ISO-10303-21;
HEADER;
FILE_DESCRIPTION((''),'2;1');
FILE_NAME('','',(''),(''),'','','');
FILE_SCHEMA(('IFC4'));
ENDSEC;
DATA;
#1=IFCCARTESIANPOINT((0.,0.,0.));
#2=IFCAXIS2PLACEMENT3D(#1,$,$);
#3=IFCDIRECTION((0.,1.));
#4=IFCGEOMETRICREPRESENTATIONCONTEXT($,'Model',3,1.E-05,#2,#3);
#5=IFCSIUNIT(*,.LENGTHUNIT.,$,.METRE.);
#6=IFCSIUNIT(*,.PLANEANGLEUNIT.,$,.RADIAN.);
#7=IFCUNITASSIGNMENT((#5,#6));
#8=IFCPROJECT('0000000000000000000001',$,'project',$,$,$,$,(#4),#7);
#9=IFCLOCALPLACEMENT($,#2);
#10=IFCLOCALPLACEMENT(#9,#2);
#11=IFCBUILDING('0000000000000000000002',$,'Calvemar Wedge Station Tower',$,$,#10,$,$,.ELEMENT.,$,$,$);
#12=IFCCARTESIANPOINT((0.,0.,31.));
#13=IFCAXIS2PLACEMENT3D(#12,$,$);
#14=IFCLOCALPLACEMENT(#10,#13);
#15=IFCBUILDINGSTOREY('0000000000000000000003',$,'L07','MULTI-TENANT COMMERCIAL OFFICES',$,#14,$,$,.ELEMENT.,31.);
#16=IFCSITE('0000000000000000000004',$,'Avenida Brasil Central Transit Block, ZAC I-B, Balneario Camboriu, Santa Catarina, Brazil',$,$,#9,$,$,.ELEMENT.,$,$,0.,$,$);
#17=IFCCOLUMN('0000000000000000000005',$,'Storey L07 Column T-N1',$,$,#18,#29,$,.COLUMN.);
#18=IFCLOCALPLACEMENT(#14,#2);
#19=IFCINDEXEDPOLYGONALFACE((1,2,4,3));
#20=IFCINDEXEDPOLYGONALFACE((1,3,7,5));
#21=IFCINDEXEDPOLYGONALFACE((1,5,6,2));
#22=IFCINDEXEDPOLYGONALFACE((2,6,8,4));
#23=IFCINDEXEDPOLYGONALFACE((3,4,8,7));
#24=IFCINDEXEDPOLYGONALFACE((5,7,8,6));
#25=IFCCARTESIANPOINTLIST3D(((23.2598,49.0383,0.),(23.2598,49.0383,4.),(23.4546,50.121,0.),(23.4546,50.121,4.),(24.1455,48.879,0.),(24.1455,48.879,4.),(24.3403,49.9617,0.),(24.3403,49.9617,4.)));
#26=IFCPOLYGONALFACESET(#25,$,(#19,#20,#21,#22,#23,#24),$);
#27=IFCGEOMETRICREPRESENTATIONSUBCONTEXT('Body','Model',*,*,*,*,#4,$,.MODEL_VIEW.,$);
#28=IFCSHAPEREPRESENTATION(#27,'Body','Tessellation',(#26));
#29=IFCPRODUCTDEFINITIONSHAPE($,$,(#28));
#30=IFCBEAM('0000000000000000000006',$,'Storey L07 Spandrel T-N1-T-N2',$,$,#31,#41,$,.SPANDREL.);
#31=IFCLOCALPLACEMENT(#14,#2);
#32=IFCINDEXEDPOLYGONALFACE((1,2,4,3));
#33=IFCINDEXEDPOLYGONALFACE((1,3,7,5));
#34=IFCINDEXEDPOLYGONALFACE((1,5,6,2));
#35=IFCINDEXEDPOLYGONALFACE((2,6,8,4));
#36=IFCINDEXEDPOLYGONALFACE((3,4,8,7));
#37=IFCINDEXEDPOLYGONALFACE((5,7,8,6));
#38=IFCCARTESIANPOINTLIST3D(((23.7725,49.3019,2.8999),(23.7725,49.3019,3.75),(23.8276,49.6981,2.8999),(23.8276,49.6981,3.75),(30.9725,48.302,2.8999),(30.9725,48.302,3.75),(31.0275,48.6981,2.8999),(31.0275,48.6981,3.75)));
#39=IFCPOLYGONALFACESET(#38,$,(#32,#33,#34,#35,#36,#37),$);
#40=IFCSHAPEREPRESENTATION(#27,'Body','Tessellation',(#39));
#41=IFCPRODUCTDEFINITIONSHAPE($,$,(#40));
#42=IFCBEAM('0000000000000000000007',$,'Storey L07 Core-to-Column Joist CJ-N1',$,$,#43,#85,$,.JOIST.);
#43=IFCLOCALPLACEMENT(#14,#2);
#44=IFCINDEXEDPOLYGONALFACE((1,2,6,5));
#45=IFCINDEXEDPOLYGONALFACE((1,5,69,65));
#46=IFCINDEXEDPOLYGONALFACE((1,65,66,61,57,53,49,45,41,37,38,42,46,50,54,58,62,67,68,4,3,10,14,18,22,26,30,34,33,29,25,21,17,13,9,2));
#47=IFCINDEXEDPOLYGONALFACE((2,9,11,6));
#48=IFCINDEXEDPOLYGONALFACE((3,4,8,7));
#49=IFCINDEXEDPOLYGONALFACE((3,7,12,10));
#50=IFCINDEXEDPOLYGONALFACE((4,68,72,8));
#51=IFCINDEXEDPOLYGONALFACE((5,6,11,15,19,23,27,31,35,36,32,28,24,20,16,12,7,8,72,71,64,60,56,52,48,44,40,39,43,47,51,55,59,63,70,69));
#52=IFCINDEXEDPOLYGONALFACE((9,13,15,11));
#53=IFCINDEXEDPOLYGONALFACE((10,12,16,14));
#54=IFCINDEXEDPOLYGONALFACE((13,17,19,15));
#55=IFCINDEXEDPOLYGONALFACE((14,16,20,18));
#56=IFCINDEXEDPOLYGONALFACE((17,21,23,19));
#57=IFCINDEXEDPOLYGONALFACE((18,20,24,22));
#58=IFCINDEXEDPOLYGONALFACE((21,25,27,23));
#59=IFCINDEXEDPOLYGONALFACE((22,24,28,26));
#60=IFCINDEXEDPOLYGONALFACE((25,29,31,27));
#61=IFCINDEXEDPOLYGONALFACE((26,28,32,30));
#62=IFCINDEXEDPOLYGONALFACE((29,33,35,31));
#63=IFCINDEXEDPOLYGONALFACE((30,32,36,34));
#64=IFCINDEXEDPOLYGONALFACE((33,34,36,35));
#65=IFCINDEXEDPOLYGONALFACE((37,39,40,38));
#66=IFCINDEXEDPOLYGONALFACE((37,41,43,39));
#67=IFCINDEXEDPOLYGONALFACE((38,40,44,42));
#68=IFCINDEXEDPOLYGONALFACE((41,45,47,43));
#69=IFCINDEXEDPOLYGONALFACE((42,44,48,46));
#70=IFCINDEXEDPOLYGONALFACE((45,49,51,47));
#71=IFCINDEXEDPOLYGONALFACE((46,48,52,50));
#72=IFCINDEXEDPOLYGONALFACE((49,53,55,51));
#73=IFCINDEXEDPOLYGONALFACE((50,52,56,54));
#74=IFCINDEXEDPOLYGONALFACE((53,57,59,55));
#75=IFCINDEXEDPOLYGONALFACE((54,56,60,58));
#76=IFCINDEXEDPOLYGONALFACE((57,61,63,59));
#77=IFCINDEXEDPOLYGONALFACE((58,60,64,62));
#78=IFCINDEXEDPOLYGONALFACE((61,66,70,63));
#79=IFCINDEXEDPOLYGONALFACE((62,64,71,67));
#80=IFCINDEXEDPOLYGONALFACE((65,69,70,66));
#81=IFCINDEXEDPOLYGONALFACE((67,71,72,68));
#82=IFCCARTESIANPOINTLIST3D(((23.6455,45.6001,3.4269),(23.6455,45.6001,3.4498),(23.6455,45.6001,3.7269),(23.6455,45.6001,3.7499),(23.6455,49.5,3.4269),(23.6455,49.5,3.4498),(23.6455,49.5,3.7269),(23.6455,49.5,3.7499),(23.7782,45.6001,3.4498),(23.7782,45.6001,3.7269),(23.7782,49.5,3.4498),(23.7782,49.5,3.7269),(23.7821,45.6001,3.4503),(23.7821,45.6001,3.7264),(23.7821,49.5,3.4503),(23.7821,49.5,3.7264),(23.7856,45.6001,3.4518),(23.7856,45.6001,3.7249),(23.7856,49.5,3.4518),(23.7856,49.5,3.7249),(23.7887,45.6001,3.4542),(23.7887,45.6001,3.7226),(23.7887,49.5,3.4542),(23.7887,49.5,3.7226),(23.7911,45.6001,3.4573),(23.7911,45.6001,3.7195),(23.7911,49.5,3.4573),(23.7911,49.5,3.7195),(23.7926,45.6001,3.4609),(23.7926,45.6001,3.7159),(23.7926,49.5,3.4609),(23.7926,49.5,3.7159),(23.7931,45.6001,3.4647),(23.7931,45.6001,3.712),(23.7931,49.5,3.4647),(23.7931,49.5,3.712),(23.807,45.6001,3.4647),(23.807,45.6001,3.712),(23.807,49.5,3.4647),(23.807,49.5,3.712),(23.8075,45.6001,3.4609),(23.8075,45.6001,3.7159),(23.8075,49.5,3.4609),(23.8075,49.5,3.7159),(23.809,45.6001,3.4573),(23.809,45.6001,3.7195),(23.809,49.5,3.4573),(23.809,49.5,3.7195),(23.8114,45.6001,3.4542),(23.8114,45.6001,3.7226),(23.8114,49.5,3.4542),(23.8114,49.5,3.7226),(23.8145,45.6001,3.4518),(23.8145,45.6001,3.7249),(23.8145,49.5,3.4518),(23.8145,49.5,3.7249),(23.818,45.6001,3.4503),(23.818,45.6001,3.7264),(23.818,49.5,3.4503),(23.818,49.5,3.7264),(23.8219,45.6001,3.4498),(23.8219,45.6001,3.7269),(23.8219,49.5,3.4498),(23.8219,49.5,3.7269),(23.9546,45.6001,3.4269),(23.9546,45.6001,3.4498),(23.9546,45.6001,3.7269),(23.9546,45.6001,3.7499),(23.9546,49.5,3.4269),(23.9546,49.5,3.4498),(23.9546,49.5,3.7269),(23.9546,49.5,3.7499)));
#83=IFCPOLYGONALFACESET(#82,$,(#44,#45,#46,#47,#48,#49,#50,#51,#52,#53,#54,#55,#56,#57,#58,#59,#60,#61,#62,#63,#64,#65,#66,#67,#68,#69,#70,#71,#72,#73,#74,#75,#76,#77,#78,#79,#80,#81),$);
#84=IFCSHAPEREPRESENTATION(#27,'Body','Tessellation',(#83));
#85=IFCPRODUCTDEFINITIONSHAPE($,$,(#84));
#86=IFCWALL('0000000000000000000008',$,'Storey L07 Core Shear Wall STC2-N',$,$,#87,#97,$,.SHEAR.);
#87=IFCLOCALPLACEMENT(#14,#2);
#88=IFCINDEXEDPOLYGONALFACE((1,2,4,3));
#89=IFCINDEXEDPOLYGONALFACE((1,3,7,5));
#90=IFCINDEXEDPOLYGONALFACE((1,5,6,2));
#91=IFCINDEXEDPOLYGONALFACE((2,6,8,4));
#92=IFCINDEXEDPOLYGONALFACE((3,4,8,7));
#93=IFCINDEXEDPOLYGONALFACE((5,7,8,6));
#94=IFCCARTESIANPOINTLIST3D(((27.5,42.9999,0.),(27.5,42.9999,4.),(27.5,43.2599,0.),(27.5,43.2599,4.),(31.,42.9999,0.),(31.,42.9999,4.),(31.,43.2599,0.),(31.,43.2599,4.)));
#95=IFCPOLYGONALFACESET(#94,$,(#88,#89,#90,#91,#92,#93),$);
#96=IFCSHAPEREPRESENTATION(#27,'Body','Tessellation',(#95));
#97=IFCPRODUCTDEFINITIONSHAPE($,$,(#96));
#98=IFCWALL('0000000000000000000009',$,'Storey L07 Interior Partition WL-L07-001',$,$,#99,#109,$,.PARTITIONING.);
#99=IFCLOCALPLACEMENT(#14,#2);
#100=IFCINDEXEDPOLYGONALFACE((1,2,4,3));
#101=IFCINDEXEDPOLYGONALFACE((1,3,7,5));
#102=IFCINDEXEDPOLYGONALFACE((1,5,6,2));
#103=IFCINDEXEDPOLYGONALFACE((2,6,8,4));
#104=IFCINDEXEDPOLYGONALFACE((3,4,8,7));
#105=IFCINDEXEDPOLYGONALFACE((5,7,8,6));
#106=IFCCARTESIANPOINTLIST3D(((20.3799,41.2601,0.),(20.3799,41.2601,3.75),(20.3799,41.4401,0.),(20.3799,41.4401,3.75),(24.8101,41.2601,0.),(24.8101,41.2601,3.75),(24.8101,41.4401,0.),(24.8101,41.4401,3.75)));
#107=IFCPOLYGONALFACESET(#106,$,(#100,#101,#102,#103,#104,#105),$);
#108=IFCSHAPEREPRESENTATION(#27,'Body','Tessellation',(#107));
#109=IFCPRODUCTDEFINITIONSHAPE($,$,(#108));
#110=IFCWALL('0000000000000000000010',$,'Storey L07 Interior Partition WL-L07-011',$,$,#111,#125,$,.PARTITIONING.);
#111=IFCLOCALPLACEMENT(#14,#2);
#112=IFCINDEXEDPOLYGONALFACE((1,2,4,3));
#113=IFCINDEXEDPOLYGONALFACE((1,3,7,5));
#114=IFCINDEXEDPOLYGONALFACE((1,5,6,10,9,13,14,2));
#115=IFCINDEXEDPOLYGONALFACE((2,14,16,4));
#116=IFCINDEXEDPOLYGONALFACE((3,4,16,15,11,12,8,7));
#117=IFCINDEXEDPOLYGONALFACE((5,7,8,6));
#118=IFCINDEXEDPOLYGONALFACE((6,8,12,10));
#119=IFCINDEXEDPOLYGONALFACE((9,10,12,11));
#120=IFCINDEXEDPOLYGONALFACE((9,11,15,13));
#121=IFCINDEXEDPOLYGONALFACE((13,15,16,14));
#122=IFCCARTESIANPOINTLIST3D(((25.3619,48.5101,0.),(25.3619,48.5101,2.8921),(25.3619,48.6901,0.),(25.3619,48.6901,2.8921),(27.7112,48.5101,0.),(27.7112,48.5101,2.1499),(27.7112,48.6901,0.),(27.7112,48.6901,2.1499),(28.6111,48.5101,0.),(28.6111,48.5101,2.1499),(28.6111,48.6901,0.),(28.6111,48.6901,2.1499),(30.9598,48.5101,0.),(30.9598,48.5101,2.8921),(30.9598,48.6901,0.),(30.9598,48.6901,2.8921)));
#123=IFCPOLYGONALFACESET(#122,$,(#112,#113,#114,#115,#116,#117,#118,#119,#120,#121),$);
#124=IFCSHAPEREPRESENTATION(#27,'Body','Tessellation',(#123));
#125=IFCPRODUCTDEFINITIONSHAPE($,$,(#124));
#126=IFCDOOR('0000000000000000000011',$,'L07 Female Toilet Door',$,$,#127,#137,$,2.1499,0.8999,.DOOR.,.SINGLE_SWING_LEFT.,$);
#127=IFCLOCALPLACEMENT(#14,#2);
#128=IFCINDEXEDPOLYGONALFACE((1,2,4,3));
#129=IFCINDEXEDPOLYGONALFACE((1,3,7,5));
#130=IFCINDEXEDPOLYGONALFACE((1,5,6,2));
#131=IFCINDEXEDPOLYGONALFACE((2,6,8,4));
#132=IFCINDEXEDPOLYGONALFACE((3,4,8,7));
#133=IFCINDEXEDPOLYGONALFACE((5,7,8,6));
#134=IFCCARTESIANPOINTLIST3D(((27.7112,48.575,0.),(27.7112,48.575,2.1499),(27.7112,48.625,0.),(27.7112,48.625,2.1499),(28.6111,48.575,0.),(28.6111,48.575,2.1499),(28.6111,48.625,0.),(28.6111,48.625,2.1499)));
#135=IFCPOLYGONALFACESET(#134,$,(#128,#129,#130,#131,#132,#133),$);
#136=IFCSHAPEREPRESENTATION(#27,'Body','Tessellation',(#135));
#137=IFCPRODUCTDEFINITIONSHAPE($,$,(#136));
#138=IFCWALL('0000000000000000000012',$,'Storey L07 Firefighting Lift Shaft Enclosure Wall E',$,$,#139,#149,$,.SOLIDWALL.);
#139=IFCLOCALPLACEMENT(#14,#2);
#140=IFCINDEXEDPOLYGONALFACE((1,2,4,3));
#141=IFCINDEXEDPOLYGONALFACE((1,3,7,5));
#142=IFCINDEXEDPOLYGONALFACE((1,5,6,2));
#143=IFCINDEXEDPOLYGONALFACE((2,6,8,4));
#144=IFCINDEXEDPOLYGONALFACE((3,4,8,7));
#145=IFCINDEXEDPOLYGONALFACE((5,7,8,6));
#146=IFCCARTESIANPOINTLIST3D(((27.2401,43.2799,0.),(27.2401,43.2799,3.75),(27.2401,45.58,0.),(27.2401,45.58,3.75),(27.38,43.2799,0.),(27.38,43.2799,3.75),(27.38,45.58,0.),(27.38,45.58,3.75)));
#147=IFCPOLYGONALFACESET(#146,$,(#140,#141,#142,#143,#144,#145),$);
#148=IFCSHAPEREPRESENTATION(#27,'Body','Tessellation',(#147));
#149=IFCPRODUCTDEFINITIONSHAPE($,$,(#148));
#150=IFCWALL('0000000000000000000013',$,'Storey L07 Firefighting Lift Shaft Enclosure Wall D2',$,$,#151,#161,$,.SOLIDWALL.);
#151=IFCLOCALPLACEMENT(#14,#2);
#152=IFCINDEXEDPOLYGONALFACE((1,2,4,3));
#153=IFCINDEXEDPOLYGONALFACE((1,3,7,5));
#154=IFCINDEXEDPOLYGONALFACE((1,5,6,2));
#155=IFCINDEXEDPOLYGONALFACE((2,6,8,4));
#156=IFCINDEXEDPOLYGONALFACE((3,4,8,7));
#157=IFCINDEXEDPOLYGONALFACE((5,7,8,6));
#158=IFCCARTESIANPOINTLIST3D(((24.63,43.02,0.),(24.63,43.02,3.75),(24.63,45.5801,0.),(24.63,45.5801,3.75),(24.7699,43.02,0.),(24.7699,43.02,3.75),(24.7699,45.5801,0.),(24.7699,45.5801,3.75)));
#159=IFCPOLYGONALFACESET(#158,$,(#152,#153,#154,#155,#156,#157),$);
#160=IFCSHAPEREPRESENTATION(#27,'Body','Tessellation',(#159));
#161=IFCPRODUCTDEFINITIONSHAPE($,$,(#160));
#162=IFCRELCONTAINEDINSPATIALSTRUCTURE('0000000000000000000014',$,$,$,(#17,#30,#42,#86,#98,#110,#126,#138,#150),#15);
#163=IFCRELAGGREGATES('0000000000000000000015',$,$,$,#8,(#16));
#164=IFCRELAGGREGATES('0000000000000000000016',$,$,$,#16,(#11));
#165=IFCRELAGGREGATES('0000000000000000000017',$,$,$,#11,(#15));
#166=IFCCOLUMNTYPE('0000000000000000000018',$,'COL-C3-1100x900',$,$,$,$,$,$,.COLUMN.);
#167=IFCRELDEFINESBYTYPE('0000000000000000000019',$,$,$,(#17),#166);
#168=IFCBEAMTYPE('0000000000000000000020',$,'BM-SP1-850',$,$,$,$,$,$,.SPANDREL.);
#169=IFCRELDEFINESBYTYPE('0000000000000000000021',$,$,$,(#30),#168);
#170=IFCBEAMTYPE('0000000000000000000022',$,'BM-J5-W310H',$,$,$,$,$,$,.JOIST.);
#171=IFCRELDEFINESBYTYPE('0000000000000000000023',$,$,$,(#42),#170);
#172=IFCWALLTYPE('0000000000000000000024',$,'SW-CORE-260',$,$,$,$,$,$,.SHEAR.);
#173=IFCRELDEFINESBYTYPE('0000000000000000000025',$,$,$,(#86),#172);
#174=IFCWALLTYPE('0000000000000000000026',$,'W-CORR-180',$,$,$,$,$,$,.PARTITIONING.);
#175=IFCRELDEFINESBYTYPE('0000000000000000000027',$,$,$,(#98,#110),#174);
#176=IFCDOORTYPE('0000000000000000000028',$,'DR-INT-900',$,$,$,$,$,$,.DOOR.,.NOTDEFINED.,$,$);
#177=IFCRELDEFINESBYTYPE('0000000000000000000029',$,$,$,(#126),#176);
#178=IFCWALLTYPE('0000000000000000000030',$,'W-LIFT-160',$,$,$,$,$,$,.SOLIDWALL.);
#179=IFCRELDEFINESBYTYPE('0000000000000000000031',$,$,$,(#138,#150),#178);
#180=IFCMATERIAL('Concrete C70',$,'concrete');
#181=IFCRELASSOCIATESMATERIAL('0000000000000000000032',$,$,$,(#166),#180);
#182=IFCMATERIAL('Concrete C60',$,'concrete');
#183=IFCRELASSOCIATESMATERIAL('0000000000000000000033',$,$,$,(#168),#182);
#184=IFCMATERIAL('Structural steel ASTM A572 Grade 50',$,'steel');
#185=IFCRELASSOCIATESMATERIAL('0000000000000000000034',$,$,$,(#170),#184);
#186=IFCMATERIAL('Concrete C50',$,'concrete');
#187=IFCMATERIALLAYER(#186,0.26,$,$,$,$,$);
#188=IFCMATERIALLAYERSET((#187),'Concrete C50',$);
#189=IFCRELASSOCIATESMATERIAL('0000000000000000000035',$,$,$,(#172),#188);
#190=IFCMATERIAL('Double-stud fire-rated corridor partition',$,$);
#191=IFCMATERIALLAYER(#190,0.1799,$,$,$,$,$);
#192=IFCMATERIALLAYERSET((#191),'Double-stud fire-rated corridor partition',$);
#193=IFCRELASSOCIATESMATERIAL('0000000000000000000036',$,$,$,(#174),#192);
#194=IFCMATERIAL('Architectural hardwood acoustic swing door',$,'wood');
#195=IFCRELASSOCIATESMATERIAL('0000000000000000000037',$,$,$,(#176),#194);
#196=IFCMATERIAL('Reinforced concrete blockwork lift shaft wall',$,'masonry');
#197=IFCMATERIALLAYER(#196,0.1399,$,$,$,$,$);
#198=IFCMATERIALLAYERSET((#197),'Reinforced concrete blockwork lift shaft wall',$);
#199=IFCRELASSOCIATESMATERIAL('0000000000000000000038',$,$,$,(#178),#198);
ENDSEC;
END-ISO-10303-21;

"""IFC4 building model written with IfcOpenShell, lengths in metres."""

from ifc_helpers import new_model, si_unit, direction, frame, frame_2d, origin, origin_2d, place, context, subcontext, project, spatial, rectangle, i_section, extrude, source, transform, mapped, material, layer, layer_set, material_profile, profile_set, type_object, element, fill, save


model = new_model("IFC4")

# Units and contexts
model_context = context("Model", 3, precision=1e-05, world=origin(), true_north=direction((0.0, 1.0)))
body_context = subcontext(model_context, "Body", "Model", "MODEL_VIEW")
ifc_project = project(units=[si_unit("LENGTHUNIT", "METRE"), si_unit("PLANEANGLEUNIT", "RADIAN")], contexts=[model_context])

# Site, building, storey
site_placement = place(None, origin())
site = spatial("IfcSite", under=ifc_project, at=site_placement, Name="Avenida Brasil Central Transit Block, ZAC I-B, Balneario Camboriu, Santa Catarina, Brazil", CompositionType="ELEMENT", RefElevation=0.0)
building_placement = place(site_placement, origin())
building = spatial("IfcBuilding", under=site, at=building_placement, Name="Calvemar Wedge Station Tower", CompositionType="ELEMENT")
storey_placement = place(building_placement, frame((0.0, 0.0, 31.0)))
storey = spatial("IfcBuildingStorey", under=building, at=storey_placement, Name="L07", Description="MULTI-TENANT COMMERCIAL OFFICES", CompositionType="ELEMENT", Elevation=31.0)

# Column
ifc_material_1 = material(Name="Concrete C70", Category="concrete")
ifc_material_profile_1 = material_profile(ifc_material_1, rectangle(XDim=0.8999, YDim=1.1001, at=origin_2d()), Name="RC1100x900")
ifc_profile_set_1 = profile_set([ifc_material_profile_1], Name="Concrete C70")
column_type = type_object("IfcColumnType", Name="COL-C3-1100x900", PredefinedType="COLUMN", material=ifc_profile_set_1)
shared_shape_1 = source(origin(), body_context, "Body", "SweptSolid", [
    extrude(rectangle(XDim=0.8999, YDim=1.1001, at=origin_2d()), origin(), (0.0, 0.0, 1.0), 4.0),
])
column_placement = place(storey_placement, frame((23.8, 49.5, 0.0), z_axis=(0.0, 0.0, 1.0), x_axis=(0.984196, -0.177085, 0.0)))
element("IfcColumn", 1, at=column_placement, inside=storey, type_object=column_type, Name="Storey L07 Column T-N1", PredefinedType="COLUMN", context=body_context, shape_type="MappedRepresentation", body=[
    mapped(shared_shape_1, transform((0.0, 0.0, 0.0), scale=1.0)),
])

# Beams
ifc_material_2 = material(Name="Concrete C60", Category="concrete")
ifc_material_profile_2 = material_profile(ifc_material_2, rectangle(XDim=0.3999, YDim=0.8501, at=origin_2d()), Name="RC400x850")
ifc_profile_set_2 = profile_set([ifc_material_profile_2], Name="Concrete C60")
beam_type_1 = type_object("IfcBeamType", Name="BM-SP1-850", PredefinedType="SPANDREL", material=ifc_profile_set_2)
shared_shape_2 = source(origin(), body_context, "Body", "SweptSolid", [
    extrude(rectangle(XDim=0.3999, YDim=0.8501, at=origin_2d()), origin(), (0.0, 0.0, 1.0), 7.269),
])
beam_1_placement = place(storey_placement, frame((23.8, 49.5, 3.325), z_axis=(0.990492, -0.137569, 0.0), x_axis=(0.137569, 0.990492, 0.0)))
element("IfcBeam", 2, at=beam_1_placement, inside=storey, type_object=beam_type_1, Name="Storey L07 Spandrel T-N1-T-N2", PredefinedType="SPANDREL", context=body_context, shape_type="MappedRepresentation", body=[
    mapped(shared_shape_2, transform((0.0, 0.0, 0.0), scale=1.0)),
])
ifc_material_3 = material(Name="Structural steel ASTM A572 Grade 50", Category="steel")
ifc_material_profile_3 = material_profile(ifc_material_3, i_section(OverallWidth=0.3091, OverallDepth=0.323, WebThickness=0.0139, FlangeThickness=0.0229, FilletRadius=0.0149, at=origin_2d()), Name="W310x143")
ifc_profile_set_3 = profile_set([ifc_material_profile_3], Name="Structural steel ASTM A572 Grade 50")
beam_type_2 = type_object("IfcBeamType", Name="BM-J5-W310H", PredefinedType="JOIST", material=ifc_profile_set_3)
shared_shape_3 = source(origin(), body_context, "Body", "SweptSolid", [
    extrude(i_section(OverallWidth=0.3091, OverallDepth=0.323, WebThickness=0.0139, FlangeThickness=0.0229, FilletRadius=0.0149, at=origin_2d()), origin(), (0.0, 0.0, 1.0), 3.8999),
])
beam_2_placement = place(storey_placement, frame((23.8, 45.6001, 3.5884), z_axis=(0.0, 1.0, 0.0), x_axis=(-1.0, 0.0, 0.0)))
element("IfcBeam", 3, at=beam_2_placement, inside=storey, type_object=beam_type_2, Name="Storey L07 Core-to-Column Joist CJ-N1", PredefinedType="JOIST", context=body_context, shape_type="MappedRepresentation", body=[
    mapped(shared_shape_3, transform((0.0, 0.0, 0.0), scale=1.0)),
])

# Walls
ifc_material_4 = material(Name="Concrete C50", Category="concrete")
ifc_layer_1 = layer(ifc_material_4, 0.26)
ifc_layer_set_1 = layer_set([ifc_layer_1], Name="Concrete C50")
wall_type_1 = type_object("IfcWallType", Name="SW-CORE-260", PredefinedType="SHEAR", material=ifc_layer_set_1)
wall_1_placement = place(storey_placement, frame((27.5, 43.1299, 0.0), z_axis=(0.0, 0.0, 1.0), x_axis=(1.0, 0.0, 0.0)))
element("IfcWall", 4, at=wall_1_placement, inside=storey, type_object=wall_type_1, Name="Storey L07 Core Shear Wall STC2-N", PredefinedType="SHEAR", context=body_context, shape_type="SweptSolid", body=[
    extrude(rectangle(XDim=3.5, YDim=0.26, at=frame_2d((1.75, 0.0))), origin(), (0.0, 0.0, 1.0), 4.0),
])
ifc_material_5 = material(Name="Double-stud fire-rated corridor partition")
ifc_layer_2 = layer(ifc_material_5, 0.1799)
ifc_layer_set_2 = layer_set([ifc_layer_2], Name="Double-stud fire-rated corridor partition")
wall_type_2 = type_object("IfcWallType", Name="W-CORR-180", PredefinedType="PARTITIONING", material=ifc_layer_set_2)
wall_2_placement = place(storey_placement, frame((24.8101, 41.3501, 0.0), z_axis=(0.0, 0.0, 1.0), x_axis=(-1.0, 0.0, 0.0)))
element("IfcWall", 5, at=wall_2_placement, inside=storey, type_object=wall_type_2, Name="Storey L07 Interior Partition WL-L07-001", PredefinedType="PARTITIONING", context=body_context, shape_type="SweptSolid", body=[
    extrude(rectangle(XDim=4.4302, YDim=0.1799, at=frame_2d((2.2151, 0.0))), origin(), (0.0, 0.0, 1.0), 3.75),
])

# Wall, opening, door
wall_3_placement = place(storey_placement, frame((25.3621, 48.6001, 0.0), z_axis=(0.0, 0.0, 1.0), x_axis=(1.0, 0.0, 0.0)))
wall_3 = element("IfcWall", 6, at=wall_3_placement, inside=storey, type_object=wall_type_2, Name="Storey L07 Interior Partition WL-L07-011", PredefinedType="PARTITIONING", context=body_context, shape_type="SweptSolid", body=[
    extrude(rectangle(XDim=5.5979, YDim=0.1799, at=frame_2d((2.7988, 0.0))), origin(), (0.0, 0.0, 1.0), 2.8921),
])
shared_shape_4 = source(origin(), body_context, "Body", "SweptSolid", [
    extrude(rectangle(XDim=0.8999, YDim=2.1499, at=frame_2d((0.45, 1.075))), frame((0.0, 0.1001, 0.0), z_axis=(0.0, -1.0, 0.0), x_axis=(1.0, 0.0, 0.0)), (0.0, 0.0, 1.0), 0.2),
])
opening_1_placement = place(wall_3_placement, frame((2.3491, 0.0, 0.0)))
opening_1 = element("IfcOpeningElement", 7, at=opening_1_placement, cuts=wall_3, PredefinedType="OPENING", context=body_context, shape_type="MappedRepresentation", body=[
    mapped(shared_shape_4, transform((0.0, 0.0, 0.0), scale=1.0)),
])
ifc_material_6 = material(Name="Architectural hardwood acoustic swing door", Category="wood")
door_type_1 = type_object("IfcDoorType", Name="DR-INT-900", OperationType="NOTDEFINED", PredefinedType="DOOR", material=ifc_material_6)
shared_shape_5 = source(origin(), body_context, "Body", "SweptSolid", [
    extrude(rectangle(XDim=0.8999, YDim=2.1499, at=frame_2d((0.45, 1.075))), frame((0.0, 0.0249, 0.0), z_axis=(0.0, -1.0, 0.0), x_axis=(1.0, 0.0, 0.0)), (0.0, 0.0, 1.0), 0.05),
])
door_1_placement = place(opening_1_placement, origin())
door_1 = element("IfcDoor", 8, at=door_1_placement, inside=storey, type_object=door_type_1, Name="L07 Female Toilet Door", OperationType="SINGLE_SWING_LEFT", OverallHeight=2.1499, OverallWidth=0.8999, PredefinedType="DOOR", context=body_context, shape_type="MappedRepresentation", body=[
    mapped(shared_shape_5, transform((0.0, 0.0, 0.0), scale=1.0)),
])
fill(opening_1, door_1)

# Walls
ifc_material_7 = material(Name="Reinforced concrete blockwork lift shaft wall", Category="masonry")
ifc_layer_3 = layer(ifc_material_7, 0.1399)
ifc_layer_set_3 = layer_set([ifc_layer_3], Name="Reinforced concrete blockwork lift shaft wall")
wall_type_3 = type_object("IfcWallType", Name="W-LIFT-160", PredefinedType="SOLIDWALL", material=ifc_layer_set_3)
wall_4_placement = place(storey_placement, frame((27.3101, 43.28, 0.0), z_axis=(0.0, 0.0, 1.0), x_axis=(0.0, 1.0, 0.0)))
element("IfcWall", 9, at=wall_4_placement, inside=storey, type_object=wall_type_3, Name="Storey L07 Firefighting Lift Shaft Enclosure Wall E", PredefinedType="SOLIDWALL", context=body_context, shape_type="SweptSolid", body=[
    extrude(rectangle(XDim=2.3, YDim=0.1399, at=frame_2d((1.1499, 0.0))), origin(), (0.0, 0.0, 1.0), 3.75),
])
wall_5_placement = place(storey_placement, frame((24.7, 43.02, 0.0), z_axis=(0.0, 0.0, 1.0), x_axis=(0.0, 1.0, 0.0)))
element("IfcWall", 10, at=wall_5_placement, inside=storey, type_object=wall_type_3, Name="Storey L07 Firefighting Lift Shaft Enclosure Wall D2", PredefinedType="SOLIDWALL", context=body_context, shape_type="SweptSolid", body=[
    extrude(rectangle(XDim=2.5601, YDim=0.1399, at=frame_2d((1.28, 0.0))), origin(), (0.0, 0.0, 1.0), 3.75),
])

save(model, "model.ifc")
